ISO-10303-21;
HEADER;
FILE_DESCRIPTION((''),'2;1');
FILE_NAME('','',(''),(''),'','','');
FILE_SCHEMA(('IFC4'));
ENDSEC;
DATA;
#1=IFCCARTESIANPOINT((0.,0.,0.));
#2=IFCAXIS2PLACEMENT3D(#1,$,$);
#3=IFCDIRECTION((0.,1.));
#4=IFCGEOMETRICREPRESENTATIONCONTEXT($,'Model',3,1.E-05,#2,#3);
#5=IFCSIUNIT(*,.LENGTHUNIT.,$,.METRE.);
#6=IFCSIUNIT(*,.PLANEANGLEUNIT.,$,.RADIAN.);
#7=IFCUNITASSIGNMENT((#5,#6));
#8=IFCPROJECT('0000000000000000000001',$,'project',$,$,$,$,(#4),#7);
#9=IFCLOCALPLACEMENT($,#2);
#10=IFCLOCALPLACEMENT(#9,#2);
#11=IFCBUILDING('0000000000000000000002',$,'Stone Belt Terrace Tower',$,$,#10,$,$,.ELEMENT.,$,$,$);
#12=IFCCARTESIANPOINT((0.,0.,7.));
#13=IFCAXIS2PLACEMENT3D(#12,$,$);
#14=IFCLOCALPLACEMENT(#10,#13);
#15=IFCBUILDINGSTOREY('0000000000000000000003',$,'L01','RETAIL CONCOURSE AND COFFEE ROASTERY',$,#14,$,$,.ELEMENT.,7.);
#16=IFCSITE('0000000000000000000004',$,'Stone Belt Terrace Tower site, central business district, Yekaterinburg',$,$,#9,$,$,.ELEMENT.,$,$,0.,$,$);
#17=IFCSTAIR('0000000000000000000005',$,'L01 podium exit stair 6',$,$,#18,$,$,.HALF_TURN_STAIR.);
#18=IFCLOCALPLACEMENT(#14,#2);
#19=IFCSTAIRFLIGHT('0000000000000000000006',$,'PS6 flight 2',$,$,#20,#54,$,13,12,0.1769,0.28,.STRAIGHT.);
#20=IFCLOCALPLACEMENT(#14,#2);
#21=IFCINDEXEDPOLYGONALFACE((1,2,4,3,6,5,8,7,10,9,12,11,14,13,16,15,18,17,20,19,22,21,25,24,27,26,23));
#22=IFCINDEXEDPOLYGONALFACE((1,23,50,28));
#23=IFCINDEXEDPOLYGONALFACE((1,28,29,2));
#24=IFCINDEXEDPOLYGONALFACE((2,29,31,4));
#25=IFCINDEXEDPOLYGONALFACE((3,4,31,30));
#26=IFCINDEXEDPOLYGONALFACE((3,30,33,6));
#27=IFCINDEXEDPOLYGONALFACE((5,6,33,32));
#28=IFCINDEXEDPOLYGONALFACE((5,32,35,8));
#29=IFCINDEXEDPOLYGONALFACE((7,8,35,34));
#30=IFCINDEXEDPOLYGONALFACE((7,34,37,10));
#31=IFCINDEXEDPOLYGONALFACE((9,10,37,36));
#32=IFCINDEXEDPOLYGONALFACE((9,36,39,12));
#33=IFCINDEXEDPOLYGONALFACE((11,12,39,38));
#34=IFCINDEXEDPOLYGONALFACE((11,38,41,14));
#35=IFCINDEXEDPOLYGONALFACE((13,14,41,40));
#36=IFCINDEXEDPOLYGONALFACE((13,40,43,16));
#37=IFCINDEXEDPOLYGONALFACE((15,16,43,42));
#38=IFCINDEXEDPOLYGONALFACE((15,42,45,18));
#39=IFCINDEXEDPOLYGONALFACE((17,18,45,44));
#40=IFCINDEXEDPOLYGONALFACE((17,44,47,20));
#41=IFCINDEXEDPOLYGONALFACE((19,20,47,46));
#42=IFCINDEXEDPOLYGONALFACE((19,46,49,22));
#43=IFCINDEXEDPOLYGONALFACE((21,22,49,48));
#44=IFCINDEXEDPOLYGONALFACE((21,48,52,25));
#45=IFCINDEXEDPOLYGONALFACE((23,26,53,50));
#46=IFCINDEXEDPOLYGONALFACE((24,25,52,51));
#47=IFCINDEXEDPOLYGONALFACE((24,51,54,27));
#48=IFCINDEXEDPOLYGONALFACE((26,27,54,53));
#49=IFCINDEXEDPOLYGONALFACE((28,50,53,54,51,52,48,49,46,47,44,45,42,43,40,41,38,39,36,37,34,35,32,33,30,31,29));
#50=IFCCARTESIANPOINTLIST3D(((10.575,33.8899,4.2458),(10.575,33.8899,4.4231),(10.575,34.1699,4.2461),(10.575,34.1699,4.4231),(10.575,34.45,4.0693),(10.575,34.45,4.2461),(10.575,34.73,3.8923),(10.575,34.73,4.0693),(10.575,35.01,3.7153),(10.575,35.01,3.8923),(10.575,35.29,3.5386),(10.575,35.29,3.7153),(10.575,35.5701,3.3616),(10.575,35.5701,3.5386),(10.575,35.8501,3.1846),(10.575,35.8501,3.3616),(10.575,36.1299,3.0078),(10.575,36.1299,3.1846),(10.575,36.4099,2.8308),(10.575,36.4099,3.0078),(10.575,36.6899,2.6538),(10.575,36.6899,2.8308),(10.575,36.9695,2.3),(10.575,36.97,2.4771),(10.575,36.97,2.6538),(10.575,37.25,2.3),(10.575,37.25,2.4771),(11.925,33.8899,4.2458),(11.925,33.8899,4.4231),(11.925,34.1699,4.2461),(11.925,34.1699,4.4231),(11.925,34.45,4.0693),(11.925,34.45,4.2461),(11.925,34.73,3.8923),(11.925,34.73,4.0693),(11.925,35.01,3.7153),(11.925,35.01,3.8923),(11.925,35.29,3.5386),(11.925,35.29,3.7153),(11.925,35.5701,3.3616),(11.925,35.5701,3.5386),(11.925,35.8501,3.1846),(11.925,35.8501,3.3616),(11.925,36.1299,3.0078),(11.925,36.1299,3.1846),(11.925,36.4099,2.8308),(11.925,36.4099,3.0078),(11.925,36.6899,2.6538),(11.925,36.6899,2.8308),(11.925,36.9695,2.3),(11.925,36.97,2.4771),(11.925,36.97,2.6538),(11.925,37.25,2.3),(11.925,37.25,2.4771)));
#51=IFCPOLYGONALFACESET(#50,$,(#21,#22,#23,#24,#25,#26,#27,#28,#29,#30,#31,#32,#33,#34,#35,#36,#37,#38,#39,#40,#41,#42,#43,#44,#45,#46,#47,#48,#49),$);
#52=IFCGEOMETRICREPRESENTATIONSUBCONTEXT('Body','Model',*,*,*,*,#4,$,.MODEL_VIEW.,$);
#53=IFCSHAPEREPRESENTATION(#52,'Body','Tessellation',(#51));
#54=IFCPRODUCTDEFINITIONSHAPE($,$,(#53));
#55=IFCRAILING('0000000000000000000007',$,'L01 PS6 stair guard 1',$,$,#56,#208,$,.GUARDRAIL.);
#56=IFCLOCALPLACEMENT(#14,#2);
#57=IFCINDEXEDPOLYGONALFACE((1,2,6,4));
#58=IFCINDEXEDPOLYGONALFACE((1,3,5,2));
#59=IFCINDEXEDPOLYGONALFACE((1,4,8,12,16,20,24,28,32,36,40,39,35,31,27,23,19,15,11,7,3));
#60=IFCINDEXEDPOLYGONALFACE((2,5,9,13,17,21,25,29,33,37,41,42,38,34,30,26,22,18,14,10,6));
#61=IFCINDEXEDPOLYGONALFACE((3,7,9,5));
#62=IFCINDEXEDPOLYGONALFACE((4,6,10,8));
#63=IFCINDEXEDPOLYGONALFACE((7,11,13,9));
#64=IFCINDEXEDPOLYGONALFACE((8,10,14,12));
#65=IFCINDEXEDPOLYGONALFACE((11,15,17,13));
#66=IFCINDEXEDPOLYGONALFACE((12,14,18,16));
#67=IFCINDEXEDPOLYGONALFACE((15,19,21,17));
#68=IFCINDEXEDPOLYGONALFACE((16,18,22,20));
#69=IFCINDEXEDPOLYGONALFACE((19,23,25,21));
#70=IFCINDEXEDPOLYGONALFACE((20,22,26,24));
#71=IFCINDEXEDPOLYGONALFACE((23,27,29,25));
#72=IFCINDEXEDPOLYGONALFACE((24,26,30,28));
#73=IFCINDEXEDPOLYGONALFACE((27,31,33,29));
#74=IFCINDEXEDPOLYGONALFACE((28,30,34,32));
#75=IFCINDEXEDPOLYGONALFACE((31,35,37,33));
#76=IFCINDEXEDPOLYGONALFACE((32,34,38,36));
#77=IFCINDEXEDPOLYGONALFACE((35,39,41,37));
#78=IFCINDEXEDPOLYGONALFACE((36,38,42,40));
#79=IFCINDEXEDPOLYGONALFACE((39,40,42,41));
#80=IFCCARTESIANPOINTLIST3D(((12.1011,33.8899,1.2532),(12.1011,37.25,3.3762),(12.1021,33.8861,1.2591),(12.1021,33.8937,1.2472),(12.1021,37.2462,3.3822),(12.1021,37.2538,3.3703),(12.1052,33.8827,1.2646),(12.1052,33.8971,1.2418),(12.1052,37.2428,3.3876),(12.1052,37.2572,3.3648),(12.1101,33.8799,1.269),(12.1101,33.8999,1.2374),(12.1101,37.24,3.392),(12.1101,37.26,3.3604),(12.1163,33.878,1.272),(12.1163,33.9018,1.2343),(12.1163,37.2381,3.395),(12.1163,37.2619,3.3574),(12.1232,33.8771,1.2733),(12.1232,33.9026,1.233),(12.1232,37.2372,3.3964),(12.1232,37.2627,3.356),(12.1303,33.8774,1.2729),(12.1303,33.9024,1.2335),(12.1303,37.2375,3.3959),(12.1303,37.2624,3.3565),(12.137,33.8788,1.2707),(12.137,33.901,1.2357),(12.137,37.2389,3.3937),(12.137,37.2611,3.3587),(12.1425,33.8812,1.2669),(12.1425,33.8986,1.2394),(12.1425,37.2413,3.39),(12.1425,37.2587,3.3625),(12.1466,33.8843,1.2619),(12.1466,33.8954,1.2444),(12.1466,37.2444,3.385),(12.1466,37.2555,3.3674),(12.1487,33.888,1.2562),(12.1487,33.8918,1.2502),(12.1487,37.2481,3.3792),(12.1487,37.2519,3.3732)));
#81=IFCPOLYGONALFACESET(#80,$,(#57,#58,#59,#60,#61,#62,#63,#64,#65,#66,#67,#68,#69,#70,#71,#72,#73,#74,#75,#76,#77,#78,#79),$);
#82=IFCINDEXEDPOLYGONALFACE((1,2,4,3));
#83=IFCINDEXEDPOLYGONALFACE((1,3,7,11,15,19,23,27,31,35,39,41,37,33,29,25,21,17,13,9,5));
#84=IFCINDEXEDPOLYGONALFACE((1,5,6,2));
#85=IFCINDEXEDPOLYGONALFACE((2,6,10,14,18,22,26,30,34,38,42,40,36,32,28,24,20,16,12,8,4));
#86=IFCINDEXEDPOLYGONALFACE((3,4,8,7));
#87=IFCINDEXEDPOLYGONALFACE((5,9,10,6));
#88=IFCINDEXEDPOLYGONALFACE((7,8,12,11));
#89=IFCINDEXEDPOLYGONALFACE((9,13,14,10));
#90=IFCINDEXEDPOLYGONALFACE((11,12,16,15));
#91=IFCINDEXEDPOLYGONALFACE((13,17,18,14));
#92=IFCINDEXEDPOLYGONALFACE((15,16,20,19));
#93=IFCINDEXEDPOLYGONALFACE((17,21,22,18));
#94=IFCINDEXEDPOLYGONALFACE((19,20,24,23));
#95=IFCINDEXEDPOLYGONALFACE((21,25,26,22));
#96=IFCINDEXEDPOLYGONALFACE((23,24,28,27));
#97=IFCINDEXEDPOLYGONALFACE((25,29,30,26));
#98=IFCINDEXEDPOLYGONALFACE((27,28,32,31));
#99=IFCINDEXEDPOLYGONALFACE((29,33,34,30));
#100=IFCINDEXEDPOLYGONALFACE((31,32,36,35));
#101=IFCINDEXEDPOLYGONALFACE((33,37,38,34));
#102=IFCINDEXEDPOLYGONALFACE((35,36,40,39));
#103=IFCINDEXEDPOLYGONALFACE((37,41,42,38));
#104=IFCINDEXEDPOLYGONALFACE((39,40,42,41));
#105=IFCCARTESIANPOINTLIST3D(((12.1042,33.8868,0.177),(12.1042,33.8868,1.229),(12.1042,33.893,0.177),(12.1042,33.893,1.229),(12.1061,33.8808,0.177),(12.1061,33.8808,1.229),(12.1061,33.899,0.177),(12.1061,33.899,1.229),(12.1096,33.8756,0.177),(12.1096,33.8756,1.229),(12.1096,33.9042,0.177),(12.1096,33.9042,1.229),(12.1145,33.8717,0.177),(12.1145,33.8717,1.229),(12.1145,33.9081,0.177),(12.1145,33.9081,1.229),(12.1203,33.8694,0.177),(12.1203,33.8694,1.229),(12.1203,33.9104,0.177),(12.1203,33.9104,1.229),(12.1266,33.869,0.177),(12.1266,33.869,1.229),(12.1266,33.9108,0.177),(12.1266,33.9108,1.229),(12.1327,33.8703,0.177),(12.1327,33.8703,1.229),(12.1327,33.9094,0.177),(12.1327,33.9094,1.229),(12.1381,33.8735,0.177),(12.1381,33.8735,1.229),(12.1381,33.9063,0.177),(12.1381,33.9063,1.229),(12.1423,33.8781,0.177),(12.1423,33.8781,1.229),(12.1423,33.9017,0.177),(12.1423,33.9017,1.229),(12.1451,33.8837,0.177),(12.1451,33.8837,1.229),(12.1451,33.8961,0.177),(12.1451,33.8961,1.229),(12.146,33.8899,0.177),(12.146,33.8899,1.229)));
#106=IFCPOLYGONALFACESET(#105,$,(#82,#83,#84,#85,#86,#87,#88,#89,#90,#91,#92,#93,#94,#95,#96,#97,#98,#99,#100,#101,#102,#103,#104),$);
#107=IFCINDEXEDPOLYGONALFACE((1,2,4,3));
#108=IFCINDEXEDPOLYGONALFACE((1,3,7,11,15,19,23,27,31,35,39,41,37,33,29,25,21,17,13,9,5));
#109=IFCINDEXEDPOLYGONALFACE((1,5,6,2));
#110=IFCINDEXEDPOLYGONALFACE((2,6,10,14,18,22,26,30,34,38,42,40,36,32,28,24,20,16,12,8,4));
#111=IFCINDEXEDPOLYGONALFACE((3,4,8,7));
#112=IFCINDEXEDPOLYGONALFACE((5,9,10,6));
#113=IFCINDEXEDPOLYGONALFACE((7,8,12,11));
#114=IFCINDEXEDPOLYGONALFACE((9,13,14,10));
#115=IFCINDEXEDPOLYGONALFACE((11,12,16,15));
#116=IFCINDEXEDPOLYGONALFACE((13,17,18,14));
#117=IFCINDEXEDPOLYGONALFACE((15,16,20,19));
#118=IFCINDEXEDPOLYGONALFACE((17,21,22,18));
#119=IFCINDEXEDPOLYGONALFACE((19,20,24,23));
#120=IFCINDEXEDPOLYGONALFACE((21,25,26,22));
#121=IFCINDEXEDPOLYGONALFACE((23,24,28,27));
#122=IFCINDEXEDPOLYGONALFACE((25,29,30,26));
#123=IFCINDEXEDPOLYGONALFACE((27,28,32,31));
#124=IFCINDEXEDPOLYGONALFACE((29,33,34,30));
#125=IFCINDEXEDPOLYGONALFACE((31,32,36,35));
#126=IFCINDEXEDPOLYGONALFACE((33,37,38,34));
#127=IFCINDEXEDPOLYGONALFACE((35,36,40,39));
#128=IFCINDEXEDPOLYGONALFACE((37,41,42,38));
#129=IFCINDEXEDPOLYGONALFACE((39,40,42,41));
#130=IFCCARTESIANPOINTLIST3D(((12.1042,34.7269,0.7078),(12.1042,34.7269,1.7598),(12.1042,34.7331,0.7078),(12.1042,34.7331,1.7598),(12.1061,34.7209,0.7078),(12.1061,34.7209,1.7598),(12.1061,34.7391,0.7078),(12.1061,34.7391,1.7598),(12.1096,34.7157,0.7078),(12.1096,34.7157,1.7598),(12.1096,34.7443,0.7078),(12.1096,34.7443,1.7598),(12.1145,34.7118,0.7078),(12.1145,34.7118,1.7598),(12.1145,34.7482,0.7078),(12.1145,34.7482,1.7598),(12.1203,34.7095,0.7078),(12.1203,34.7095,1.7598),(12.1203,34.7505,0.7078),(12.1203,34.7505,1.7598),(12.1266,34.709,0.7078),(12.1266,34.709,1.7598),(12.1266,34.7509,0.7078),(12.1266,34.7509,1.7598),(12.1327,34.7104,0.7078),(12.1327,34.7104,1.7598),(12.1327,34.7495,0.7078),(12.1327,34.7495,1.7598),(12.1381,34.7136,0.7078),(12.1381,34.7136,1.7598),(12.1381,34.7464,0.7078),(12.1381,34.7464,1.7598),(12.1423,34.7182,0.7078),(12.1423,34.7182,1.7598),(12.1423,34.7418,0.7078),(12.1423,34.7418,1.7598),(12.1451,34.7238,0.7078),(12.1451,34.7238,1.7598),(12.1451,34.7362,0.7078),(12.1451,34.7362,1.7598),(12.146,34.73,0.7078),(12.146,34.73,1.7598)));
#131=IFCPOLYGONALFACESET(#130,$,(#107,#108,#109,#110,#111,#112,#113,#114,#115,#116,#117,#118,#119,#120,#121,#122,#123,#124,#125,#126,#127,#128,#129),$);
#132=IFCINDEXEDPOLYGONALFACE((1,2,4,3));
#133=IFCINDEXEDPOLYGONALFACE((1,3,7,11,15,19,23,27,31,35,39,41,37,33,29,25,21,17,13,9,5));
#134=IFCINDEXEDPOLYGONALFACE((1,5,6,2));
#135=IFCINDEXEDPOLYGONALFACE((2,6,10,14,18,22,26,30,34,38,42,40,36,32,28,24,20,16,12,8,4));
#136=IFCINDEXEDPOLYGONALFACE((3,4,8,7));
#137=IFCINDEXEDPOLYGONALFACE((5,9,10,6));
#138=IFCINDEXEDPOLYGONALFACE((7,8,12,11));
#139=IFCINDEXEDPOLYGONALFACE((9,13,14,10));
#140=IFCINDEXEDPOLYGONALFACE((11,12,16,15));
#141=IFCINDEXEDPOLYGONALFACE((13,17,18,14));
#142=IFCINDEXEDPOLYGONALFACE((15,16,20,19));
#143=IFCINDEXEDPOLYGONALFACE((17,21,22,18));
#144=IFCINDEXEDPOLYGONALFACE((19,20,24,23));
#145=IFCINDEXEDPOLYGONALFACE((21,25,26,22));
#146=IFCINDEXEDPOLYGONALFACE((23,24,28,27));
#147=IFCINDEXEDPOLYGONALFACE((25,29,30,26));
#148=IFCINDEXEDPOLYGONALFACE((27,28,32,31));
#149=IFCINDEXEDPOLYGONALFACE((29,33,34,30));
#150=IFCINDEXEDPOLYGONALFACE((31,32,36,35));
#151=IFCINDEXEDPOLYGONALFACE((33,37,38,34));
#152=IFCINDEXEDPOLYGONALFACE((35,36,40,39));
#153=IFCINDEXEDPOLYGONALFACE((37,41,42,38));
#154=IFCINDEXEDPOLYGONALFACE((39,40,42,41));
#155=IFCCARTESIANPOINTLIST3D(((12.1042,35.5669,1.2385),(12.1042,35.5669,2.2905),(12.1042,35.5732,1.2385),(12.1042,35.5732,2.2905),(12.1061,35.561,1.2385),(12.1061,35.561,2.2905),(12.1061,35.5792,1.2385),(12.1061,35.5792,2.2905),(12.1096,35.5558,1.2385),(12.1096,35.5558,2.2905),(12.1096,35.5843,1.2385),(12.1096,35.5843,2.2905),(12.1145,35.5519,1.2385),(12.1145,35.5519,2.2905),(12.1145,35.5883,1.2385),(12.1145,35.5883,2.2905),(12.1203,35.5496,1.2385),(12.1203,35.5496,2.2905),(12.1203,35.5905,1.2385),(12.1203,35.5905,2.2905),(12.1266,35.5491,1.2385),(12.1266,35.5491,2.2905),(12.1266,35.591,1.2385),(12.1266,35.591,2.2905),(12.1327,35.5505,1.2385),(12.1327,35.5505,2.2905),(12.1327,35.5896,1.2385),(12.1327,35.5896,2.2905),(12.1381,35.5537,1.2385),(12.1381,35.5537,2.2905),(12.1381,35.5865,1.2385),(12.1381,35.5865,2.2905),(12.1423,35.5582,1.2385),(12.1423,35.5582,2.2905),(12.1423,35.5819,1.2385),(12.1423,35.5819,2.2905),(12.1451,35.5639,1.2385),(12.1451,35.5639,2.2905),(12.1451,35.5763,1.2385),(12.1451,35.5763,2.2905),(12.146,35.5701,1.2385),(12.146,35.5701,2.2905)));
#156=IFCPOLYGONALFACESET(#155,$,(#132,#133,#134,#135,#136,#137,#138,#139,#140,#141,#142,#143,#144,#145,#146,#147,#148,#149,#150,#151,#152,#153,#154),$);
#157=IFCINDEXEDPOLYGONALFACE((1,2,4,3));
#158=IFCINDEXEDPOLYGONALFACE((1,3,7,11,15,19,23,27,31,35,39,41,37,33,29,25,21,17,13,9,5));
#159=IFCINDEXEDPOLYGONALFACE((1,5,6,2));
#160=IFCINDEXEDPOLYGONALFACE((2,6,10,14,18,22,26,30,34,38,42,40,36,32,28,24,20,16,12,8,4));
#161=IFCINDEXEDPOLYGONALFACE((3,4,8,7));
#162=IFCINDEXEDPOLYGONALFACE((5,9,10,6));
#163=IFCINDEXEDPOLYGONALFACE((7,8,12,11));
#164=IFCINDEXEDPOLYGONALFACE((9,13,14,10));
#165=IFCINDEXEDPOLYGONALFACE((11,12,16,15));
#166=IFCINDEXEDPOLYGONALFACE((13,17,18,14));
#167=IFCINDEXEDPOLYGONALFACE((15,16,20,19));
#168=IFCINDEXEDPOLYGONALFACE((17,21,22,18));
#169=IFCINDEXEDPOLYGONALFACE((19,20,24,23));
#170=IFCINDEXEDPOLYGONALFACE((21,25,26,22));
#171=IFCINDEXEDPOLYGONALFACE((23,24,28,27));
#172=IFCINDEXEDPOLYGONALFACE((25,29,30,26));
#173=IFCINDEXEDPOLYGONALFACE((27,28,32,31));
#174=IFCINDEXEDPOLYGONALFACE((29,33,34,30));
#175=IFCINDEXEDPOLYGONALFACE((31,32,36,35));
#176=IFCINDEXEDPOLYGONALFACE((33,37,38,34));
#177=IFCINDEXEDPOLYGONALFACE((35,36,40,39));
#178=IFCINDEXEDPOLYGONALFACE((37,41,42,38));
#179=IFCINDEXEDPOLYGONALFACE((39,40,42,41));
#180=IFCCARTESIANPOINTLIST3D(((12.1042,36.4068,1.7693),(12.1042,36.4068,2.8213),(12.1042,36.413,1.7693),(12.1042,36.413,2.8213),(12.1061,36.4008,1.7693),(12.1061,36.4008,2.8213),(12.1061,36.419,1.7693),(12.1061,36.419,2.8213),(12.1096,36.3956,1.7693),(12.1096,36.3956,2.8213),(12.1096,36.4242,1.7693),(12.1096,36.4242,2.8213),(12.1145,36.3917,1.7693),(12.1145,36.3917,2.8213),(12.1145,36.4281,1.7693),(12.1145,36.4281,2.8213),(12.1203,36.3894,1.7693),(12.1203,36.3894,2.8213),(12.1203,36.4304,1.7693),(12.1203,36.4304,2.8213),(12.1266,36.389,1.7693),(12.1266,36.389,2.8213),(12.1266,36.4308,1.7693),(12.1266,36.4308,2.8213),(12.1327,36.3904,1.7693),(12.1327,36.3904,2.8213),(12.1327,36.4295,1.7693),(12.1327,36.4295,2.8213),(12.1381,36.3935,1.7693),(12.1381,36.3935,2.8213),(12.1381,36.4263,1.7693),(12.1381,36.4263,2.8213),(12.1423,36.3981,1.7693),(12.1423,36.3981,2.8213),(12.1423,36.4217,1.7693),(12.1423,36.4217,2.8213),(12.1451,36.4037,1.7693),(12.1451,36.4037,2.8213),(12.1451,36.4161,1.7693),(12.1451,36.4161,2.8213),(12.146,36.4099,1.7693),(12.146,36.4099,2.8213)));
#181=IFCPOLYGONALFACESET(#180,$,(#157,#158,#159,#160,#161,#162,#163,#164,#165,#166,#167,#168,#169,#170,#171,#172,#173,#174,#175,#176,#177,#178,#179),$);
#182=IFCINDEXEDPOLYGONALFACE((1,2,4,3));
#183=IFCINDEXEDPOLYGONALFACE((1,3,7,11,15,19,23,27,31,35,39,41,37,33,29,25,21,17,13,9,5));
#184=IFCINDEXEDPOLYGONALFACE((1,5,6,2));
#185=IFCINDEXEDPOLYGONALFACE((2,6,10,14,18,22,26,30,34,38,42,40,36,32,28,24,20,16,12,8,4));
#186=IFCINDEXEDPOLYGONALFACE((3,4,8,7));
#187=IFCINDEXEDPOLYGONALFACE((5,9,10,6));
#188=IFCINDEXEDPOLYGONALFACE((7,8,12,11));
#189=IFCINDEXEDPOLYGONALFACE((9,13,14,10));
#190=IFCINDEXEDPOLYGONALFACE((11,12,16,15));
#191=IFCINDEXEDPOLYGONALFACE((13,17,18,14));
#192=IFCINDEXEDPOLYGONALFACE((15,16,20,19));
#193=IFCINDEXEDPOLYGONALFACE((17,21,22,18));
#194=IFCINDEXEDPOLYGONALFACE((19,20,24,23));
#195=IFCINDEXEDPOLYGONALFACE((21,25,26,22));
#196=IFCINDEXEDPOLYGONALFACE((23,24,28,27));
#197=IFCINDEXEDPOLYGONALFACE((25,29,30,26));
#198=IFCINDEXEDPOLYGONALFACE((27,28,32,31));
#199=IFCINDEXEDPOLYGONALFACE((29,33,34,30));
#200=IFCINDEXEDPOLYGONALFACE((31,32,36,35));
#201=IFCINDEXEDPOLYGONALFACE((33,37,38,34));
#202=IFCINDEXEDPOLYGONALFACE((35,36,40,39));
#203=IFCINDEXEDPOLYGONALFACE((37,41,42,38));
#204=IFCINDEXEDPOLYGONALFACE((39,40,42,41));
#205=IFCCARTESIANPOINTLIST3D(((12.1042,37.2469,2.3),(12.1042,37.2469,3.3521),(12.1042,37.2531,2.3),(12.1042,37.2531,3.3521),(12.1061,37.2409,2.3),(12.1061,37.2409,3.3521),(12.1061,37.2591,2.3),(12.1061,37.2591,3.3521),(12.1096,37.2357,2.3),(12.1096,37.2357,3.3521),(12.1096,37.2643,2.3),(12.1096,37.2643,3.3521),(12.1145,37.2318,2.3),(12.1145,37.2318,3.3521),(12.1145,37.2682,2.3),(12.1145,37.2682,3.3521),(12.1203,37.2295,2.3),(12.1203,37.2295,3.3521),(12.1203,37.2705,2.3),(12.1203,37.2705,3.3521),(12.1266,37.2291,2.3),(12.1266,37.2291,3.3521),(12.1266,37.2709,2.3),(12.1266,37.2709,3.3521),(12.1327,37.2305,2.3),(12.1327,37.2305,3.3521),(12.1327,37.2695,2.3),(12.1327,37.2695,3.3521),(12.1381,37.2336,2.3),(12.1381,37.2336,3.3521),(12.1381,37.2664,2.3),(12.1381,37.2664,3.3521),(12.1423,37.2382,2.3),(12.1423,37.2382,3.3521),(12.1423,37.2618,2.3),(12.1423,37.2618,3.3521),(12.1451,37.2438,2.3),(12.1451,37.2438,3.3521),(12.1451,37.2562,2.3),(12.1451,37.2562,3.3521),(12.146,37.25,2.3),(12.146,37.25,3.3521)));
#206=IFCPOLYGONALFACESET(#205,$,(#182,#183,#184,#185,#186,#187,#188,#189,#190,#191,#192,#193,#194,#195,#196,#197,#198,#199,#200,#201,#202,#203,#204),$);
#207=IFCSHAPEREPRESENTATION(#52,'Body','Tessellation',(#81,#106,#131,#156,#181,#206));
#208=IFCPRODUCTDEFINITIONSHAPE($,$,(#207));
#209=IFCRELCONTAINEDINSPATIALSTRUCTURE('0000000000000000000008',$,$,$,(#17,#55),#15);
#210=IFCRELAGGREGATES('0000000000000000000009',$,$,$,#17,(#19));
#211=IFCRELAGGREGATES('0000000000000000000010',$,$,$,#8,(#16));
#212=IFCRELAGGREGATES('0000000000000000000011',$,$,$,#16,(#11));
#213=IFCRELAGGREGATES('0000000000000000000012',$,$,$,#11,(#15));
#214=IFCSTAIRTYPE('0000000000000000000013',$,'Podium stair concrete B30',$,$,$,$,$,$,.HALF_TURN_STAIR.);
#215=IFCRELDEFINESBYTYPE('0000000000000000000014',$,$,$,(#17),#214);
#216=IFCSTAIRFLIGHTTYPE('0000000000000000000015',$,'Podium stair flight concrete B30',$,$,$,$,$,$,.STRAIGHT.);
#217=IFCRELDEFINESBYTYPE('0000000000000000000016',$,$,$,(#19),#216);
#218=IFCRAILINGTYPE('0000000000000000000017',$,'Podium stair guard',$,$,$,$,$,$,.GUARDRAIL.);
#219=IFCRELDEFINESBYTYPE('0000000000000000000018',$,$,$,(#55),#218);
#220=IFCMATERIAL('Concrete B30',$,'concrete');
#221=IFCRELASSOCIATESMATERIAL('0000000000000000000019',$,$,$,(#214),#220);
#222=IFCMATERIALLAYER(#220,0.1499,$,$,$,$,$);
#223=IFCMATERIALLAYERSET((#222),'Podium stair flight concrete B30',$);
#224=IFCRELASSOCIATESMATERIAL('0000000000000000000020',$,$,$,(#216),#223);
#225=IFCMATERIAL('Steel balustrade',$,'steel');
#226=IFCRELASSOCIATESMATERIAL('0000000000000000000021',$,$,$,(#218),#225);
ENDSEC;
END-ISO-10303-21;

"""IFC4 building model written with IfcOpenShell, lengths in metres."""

from ifc_helpers import new_model, si_unit, direction, frame, origin, origin_2d, place, context, subcontext, project, spatial, polyline, circle, outline, extrude, material, layer, layer_set, type_object, element, aggregate, save


model = new_model("IFC4")

# Units and contexts
model_context = context("Model", 3, precision=1e-05, world=origin(), true_north=direction((0.0, 1.0)))
body_context = subcontext(model_context, "Body", "Model", "MODEL_VIEW")
ifc_project = project(units=[si_unit("LENGTHUNIT", "METRE"), si_unit("PLANEANGLEUNIT", "RADIAN")], contexts=[model_context])

# Site, building, storey
site_placement = place(None, origin())
site = spatial("IfcSite", under=ifc_project, at=site_placement, Name="Stone Belt Terrace Tower site, central business district, Yekaterinburg", CompositionType="ELEMENT", RefElevation=0.0)
building_placement = place(site_placement, origin())
building = spatial("IfcBuilding", under=site, at=building_placement, Name="Stone Belt Terrace Tower", CompositionType="ELEMENT")
storey_placement = place(building_placement, frame((0.0, 0.0, 7.0)))
storey = spatial("IfcBuildingStorey", under=building, at=storey_placement, Name="L01", Description="RETAIL CONCOURSE AND COFFEE ROASTERY", CompositionType="ELEMENT", Elevation=7.0)

# Shared definitions
ifc_material_1 = material(Name="Concrete B30", Category="concrete")

# Stair, stair flight
stair_type = type_object("IfcStairType", Name="Podium stair concrete B30", PredefinedType="HALF_TURN_STAIR", material=ifc_material_1)
stair_placement = place(storey_placement, origin())
stair = element("IfcStair", 1, at=stair_placement, inside=storey, type_object=stair_type, Name="L01 podium exit stair 6", PredefinedType="HALF_TURN_STAIR")
ifc_layer_1 = layer(ifc_material_1, 0.1499)
ifc_layer_set_1 = layer_set([ifc_layer_1], Name="Podium stair flight concrete B30")
stair_flight_type = type_object("IfcStairFlightType", Name="Podium stair flight concrete B30", PredefinedType="STRAIGHT", material=ifc_layer_set_1)
stair_flight_placement = place(storey_placement, frame((11.25, 37.25, 2.3), z_axis=(0.0, 0.0, 1.0), x_axis=(0.0, -1.0, 0.0)))
stair_flight = element("IfcStairFlight", 2, at=stair_flight_placement, type_object=stair_flight_type, Name="PS6 flight 2", NumberOfRisers=13, NumberOfTreads=12, PredefinedType="STRAIGHT", RiserHeight=0.1769, TreadLength=0.28, context=body_context, shape_type="SweptSolid", body=[
    extrude(outline(polyline([(0.0, 0.0), (0.0, 0.177), (0.28, 0.177), (0.28, 0.3538), (0.5601, 0.3538), (0.5601, 0.5308), (0.8401, 0.5308), (0.8401, 0.7078), (1.1201, 0.7078), (1.1201, 0.8845), (1.3999, 0.8845), (1.3999, 1.0615), (1.6799, 1.0615), (1.6799, 1.2385), (1.96, 1.2385), (1.96, 1.4153), (2.24, 1.4153), (2.24, 1.5923), (2.52, 1.5923), (2.52, 1.7693), (2.8, 1.7693), (2.8, 1.946), (3.0801, 1.946), (3.0801, 2.123), (3.3601, 2.123), (3.3601, 2.3), (3.3601, 1.9458), (0.2805, 0.0), (0.0, 0.0)])), frame((0.0, 0.675, 0.0), z_axis=(0.0, -1.0, 0.0), x_axis=(1.0, 0.0, 0.0)), (0.0, 0.0, 1.0), 1.3501),
])
aggregate(stair, [stair_flight])

# Railing
ifc_material_2 = material(Name="Steel balustrade", Category="steel")
railing_type_1 = type_object("IfcRailingType", Name="Podium stair guard", PredefinedType="GUARDRAIL", material=ifc_material_2)
railing_1_placement = place(storey_placement, frame((12.125, 33.8899, 0.177)))
element("IfcRailing", 3, at=railing_1_placement, inside=storey, type_object=railing_type_1, Name="L01 PS6 stair guard 1", PredefinedType="GUARDRAIL", context=body_context, shape_type="SweptSolid", body=[
    extrude(circle(Radius=0.0239, at=origin_2d()), frame((0.0, 0.0, 1.0762), z_axis=(0.0, 0.84539, 0.53415), x_axis=(-1.0, 0.0, 0.0)), (0.0, 0.0, 1.0), 3.9746),
    extrude(circle(Radius=0.021, at=origin_2d()), origin(), (0.0, 0.0, 1.0), 1.052),
    extrude(circle(Radius=0.021, at=origin_2d()), frame((0.0, 0.8401, 0.5308)), (0.0, 0.0, 1.0), 1.052),
    extrude(circle(Radius=0.021, at=origin_2d()), frame((0.0, 1.6802, 1.0615)), (0.0, 0.0, 1.0), 1.052),
    extrude(circle(Radius=0.021, at=origin_2d()), frame((0.0, 2.52, 1.5923)), (0.0, 0.0, 1.0), 1.052),
    extrude(circle(Radius=0.021, at=origin_2d()), frame((0.0, 3.3601, 2.123)), (0.0, 0.0, 1.0), 1.052),
])

save(model, "model.ifc")
